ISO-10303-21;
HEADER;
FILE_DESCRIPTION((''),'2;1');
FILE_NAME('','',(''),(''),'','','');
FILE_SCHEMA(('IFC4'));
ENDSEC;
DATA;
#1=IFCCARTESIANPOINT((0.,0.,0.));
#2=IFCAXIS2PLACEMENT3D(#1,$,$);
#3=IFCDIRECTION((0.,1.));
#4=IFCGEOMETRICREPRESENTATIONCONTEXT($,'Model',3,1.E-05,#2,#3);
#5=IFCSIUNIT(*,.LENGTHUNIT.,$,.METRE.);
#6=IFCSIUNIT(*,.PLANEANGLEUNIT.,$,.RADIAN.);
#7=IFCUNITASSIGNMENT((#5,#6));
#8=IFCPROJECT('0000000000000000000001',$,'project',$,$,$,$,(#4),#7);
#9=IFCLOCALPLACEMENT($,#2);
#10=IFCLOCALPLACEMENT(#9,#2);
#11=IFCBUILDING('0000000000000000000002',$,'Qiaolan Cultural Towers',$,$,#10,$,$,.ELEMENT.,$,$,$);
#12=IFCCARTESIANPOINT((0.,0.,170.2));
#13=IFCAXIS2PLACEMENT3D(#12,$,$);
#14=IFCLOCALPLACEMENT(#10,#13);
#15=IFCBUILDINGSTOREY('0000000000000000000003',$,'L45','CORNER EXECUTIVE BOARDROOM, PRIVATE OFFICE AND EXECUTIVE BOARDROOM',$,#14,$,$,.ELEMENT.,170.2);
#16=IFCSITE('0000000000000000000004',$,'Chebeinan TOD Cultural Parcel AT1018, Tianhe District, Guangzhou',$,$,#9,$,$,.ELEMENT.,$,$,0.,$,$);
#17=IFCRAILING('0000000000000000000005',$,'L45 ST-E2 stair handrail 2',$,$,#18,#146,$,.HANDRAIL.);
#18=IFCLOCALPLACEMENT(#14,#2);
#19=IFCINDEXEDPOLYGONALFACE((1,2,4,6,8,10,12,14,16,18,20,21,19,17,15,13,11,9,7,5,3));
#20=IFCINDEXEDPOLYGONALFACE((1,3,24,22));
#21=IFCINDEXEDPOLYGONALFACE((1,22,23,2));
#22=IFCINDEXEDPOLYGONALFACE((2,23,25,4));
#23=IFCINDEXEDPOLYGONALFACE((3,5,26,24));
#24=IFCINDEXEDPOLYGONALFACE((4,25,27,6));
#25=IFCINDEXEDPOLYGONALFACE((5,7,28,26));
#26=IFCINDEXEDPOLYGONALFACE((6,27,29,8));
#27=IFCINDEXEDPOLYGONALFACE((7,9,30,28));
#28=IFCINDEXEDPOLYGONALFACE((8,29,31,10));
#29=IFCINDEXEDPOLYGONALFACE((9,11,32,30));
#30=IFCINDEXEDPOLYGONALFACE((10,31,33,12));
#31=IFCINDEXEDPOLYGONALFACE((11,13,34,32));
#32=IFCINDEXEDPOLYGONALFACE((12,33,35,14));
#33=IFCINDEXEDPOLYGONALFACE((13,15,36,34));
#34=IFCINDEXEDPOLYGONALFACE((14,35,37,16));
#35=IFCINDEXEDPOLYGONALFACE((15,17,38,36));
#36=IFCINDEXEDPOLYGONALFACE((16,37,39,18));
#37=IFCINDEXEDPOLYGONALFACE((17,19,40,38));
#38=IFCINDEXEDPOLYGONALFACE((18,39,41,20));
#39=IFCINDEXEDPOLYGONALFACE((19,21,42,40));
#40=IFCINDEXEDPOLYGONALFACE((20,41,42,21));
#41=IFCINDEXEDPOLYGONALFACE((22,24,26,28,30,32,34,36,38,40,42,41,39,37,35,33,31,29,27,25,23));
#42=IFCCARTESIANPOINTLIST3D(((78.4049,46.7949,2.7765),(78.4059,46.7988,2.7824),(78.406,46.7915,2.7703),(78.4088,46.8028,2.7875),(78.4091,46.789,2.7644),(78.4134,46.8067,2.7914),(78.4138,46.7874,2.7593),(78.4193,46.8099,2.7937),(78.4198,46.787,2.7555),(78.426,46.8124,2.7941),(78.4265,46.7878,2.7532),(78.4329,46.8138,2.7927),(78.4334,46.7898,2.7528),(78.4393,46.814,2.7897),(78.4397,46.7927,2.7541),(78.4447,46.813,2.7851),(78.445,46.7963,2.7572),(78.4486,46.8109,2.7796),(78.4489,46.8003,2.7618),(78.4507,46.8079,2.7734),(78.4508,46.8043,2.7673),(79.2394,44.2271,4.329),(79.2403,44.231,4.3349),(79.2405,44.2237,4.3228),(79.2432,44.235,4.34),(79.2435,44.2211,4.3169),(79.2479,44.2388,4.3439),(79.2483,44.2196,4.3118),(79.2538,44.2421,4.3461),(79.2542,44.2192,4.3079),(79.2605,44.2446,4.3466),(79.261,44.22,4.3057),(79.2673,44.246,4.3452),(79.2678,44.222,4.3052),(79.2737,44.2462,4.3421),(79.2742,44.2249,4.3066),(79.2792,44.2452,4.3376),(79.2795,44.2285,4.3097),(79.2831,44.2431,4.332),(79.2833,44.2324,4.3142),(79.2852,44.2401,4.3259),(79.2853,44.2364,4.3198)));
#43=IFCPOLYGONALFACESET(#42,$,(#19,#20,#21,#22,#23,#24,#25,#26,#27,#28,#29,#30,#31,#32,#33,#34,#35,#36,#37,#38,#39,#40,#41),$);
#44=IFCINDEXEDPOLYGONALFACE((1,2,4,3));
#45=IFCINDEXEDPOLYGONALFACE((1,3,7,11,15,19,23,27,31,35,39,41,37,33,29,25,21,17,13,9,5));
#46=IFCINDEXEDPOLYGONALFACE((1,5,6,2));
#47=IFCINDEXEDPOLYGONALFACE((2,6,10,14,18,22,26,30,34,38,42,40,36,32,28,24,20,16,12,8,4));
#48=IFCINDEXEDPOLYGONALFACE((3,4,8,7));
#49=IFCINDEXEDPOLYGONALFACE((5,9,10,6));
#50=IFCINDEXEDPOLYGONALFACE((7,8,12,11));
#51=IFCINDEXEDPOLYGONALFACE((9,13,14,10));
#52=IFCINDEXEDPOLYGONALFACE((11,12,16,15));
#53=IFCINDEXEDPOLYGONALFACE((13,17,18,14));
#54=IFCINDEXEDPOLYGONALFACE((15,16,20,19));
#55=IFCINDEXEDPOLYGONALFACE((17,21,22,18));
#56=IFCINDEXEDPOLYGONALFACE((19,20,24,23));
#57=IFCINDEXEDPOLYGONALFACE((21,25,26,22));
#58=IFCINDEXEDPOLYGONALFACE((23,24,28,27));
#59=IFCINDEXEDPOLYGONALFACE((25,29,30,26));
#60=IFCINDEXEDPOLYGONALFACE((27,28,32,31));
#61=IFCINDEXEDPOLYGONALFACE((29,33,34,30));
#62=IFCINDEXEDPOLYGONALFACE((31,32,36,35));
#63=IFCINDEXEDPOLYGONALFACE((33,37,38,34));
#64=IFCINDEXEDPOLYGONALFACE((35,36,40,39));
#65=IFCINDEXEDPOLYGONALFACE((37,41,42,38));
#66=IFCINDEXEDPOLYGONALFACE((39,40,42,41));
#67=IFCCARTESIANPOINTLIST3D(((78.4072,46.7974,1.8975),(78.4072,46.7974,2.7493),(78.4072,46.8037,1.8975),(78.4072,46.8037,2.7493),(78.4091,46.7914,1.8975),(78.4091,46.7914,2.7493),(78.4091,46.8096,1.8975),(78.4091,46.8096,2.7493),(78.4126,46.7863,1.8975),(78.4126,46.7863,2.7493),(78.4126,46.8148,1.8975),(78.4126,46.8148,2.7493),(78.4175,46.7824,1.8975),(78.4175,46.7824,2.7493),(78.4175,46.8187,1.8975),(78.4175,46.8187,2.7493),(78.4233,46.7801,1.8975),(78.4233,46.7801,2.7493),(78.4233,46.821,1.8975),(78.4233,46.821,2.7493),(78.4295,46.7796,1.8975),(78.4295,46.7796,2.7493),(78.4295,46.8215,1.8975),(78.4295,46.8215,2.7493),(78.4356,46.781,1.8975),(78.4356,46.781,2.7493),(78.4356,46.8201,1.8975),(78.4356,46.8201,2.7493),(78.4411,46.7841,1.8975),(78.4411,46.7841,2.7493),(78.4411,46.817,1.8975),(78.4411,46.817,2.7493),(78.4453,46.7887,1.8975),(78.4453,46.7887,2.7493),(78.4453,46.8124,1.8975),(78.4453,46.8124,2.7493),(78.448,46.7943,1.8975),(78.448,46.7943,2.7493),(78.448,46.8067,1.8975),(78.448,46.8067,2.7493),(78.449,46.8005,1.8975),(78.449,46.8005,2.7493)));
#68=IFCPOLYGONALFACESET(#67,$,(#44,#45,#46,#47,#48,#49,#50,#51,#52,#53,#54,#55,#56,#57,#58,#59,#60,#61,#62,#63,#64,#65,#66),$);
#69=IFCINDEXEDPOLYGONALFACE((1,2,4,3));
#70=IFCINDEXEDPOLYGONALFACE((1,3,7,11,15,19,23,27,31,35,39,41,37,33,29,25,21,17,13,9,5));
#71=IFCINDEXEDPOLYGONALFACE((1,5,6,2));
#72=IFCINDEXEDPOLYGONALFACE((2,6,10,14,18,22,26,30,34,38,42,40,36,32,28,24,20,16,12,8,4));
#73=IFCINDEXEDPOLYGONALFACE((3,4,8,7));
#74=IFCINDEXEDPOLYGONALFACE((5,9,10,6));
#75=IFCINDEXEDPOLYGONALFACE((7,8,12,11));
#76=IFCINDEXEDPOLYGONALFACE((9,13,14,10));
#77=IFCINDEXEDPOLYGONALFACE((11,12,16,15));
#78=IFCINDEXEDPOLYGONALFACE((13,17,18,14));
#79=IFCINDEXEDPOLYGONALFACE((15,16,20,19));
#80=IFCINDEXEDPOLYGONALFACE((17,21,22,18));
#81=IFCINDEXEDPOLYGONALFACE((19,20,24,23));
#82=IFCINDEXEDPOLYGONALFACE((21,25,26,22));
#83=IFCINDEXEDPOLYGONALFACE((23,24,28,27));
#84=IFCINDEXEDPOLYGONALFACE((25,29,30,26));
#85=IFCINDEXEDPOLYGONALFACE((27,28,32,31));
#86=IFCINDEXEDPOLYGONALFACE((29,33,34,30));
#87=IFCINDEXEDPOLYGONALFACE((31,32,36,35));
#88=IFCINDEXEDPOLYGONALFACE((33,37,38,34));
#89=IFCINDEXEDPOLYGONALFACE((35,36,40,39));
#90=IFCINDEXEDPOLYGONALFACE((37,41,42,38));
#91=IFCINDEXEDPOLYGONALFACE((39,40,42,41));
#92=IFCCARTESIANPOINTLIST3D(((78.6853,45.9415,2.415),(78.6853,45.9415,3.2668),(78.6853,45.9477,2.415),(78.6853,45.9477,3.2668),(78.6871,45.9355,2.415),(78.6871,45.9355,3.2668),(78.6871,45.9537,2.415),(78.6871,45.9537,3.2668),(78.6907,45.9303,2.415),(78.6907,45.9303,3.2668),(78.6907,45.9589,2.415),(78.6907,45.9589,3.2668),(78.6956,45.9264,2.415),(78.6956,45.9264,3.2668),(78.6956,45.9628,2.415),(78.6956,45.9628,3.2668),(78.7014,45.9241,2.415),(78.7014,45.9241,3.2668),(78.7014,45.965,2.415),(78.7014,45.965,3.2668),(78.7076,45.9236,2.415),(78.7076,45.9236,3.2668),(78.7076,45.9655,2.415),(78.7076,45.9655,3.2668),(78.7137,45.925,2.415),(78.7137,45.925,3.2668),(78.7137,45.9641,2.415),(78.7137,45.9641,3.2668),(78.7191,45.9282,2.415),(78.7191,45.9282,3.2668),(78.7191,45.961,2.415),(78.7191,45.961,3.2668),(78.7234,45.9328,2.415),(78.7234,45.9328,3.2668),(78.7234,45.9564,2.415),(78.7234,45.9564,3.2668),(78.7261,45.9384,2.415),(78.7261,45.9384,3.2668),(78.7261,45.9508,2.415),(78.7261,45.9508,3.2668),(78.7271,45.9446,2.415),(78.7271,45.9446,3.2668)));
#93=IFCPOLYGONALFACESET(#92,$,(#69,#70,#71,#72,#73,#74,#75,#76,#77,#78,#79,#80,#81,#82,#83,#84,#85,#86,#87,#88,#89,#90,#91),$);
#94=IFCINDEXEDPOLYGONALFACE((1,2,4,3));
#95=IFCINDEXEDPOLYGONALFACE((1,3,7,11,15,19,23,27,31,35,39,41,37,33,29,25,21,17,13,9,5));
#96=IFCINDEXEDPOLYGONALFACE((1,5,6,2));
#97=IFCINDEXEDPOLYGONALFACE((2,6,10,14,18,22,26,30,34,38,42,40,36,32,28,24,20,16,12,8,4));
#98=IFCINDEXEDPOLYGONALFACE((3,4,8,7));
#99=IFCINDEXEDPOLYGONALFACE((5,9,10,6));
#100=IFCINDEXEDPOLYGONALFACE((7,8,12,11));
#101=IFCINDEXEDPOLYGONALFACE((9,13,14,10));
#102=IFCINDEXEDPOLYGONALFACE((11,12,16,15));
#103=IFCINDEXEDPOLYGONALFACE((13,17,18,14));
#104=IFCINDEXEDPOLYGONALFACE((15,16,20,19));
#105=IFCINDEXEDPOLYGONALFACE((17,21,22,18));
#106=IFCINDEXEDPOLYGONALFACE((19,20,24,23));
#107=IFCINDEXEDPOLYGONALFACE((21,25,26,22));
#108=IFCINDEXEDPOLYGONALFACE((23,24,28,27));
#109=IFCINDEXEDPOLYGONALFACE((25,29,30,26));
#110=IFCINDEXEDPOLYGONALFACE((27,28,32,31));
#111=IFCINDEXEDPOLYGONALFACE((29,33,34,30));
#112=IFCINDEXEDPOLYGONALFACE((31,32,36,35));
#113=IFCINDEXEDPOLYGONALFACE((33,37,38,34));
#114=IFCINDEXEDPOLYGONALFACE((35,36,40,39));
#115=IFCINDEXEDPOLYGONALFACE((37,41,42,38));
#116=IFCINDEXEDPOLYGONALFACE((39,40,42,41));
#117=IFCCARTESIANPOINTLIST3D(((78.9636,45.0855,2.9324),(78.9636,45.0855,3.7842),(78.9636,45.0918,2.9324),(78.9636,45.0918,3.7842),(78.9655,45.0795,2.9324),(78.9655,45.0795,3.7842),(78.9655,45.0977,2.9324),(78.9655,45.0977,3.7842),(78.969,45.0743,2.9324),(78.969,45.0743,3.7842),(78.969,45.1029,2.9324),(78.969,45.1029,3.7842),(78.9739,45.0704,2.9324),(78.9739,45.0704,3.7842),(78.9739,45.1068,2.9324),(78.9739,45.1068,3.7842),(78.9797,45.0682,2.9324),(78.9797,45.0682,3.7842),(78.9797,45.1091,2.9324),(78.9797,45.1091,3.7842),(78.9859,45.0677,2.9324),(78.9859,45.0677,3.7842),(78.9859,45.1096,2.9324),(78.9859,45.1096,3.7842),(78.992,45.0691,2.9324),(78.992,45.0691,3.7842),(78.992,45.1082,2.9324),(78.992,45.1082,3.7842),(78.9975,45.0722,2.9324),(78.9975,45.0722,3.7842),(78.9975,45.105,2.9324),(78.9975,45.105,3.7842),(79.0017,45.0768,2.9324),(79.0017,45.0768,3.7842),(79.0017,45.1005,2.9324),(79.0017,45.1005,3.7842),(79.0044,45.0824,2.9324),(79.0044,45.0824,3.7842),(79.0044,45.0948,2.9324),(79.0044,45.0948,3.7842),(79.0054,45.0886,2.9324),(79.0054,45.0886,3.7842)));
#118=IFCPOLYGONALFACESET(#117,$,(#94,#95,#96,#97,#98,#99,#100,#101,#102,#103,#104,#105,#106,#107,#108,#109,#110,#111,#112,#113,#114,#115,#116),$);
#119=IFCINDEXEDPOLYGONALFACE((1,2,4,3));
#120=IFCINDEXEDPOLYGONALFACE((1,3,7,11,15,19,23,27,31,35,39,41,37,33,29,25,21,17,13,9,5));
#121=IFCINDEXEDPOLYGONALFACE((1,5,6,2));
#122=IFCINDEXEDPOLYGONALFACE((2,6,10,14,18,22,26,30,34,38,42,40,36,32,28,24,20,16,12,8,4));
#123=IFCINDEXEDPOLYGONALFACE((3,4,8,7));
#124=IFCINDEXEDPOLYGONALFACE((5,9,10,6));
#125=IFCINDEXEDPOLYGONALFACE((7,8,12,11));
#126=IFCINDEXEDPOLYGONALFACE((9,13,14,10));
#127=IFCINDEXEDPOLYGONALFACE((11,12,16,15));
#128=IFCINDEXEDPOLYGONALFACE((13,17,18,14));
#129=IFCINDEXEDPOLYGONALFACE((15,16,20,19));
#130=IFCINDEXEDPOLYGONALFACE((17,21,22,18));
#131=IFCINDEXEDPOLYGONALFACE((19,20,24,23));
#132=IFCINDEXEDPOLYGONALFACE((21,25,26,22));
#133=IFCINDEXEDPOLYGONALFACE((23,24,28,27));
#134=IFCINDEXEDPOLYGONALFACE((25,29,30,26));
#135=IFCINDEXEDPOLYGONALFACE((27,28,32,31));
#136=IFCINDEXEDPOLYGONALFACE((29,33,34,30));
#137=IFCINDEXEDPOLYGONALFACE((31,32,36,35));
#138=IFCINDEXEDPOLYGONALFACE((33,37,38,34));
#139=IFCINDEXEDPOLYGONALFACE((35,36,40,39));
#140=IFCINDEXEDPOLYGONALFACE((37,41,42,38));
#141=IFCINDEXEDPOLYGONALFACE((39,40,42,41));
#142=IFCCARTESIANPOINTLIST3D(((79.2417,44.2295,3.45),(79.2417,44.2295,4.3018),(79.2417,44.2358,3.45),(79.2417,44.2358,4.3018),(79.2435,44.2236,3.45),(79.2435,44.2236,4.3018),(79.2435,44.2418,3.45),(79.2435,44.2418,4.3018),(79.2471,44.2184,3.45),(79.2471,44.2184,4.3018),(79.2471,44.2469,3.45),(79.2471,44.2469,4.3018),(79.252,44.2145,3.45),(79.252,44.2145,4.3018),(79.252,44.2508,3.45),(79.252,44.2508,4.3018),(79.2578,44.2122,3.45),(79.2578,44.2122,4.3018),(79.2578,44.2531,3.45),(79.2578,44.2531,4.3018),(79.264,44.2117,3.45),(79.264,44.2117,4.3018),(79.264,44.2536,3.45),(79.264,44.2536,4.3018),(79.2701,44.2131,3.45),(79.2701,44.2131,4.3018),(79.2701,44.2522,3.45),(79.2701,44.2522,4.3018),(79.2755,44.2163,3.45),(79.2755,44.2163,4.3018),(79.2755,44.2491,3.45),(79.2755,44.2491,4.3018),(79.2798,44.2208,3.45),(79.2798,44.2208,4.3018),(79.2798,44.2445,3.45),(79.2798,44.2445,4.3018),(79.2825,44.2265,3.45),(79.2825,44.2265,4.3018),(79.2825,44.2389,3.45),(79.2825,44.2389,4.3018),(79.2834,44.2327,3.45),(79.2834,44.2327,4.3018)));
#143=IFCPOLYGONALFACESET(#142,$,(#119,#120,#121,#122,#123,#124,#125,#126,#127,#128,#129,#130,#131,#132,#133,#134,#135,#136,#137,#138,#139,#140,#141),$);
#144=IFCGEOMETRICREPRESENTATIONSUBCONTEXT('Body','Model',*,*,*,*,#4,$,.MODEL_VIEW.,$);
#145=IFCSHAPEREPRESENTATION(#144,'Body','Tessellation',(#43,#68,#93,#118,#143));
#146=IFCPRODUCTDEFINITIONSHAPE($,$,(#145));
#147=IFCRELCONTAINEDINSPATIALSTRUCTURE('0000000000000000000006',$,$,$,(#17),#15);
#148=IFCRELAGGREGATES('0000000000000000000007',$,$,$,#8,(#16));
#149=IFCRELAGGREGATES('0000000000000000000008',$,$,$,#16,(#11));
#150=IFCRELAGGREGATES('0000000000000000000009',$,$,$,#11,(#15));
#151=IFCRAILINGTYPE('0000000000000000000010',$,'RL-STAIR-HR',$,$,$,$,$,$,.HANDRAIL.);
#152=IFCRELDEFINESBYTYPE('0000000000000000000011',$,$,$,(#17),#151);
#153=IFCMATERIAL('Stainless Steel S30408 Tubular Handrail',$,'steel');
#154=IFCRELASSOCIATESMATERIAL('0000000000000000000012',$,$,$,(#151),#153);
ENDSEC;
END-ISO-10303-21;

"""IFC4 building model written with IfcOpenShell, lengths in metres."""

from ifc_helpers import new_model, si_unit, direction, frame, origin, origin_2d, place, context, subcontext, project, spatial, circle, extrude, material, type_object, element, save


model = new_model("IFC4")

# Units and contexts
model_context = context("Model", 3, precision=1e-05, world=origin(), true_north=direction((0.0, 1.0)))
body_context = subcontext(model_context, "Body", "Model", "MODEL_VIEW")
ifc_project = project(units=[si_unit("LENGTHUNIT", "METRE"), si_unit("PLANEANGLEUNIT", "RADIAN")], contexts=[model_context])

# Site, building, storey
site_placement = place(None, origin())
site = spatial("IfcSite", under=ifc_project, at=site_placement, Name="Chebeinan TOD Cultural Parcel AT1018, Tianhe District, Guangzhou", CompositionType="ELEMENT", RefElevation=0.0)
building_placement = place(site_placement, origin())
building = spatial("IfcBuilding", under=site, at=building_placement, Name="Qiaolan Cultural Towers", CompositionType="ELEMENT")
storey_placement = place(building_placement, frame((0.0, 0.0, 170.2)))
storey = spatial("IfcBuildingStorey", under=building, at=storey_placement, Name="L45", Description="CORNER EXECUTIVE BOARDROOM, PRIVATE OFFICE AND EXECUTIVE BOARDROOM", CompositionType="ELEMENT", Elevation=170.2)

# Railing
ifc_material_1 = material(Name="Stainless Steel S30408 Tubular Handrail", Category="steel")
railing_type_1 = type_object("IfcRailingType", Name="RL-STAIR-HR", PredefinedType="HANDRAIL", material=ifc_material_1)
railing_1_placement = place(storey_placement, frame((78.428, 46.8005, 1.8975)))
element("IfcRailing", 1, at=railing_1_placement, inside=storey, type_object=railing_type_1, Name="L45 ST-E2 stair handrail 2", PredefinedType="HANDRAIL", context=body_context, shape_type="SweptSolid", body=[
    extrude(circle(Radius=0.0239, at=origin_2d()), frame((0.0, 0.0, 0.876), z_axis=(0.267926, -0.824471, 0.498461), x_axis=(0.951043, 0.309057, 0.0)), (0.0, 0.0, 1.0), 3.1145),
    extrude(circle(Radius=0.021, at=origin_2d()), origin(), (0.0, 0.0, 1.0), 0.8518),
    extrude(circle(Radius=0.021, at=origin_2d()), frame((0.2781, -0.856, 0.5176)), (0.0, 0.0, 1.0), 0.8518),
    extrude(circle(Radius=0.021, at=origin_2d()), frame((0.5564, -1.7119, 1.0349)), (0.0, 0.0, 1.0), 0.8518),
    extrude(circle(Radius=0.021, at=origin_2d()), frame((0.8345, -2.5679, 1.5525)), (0.0, 0.0, 1.0), 0.8518),
])

save(model, "model.ifc")
